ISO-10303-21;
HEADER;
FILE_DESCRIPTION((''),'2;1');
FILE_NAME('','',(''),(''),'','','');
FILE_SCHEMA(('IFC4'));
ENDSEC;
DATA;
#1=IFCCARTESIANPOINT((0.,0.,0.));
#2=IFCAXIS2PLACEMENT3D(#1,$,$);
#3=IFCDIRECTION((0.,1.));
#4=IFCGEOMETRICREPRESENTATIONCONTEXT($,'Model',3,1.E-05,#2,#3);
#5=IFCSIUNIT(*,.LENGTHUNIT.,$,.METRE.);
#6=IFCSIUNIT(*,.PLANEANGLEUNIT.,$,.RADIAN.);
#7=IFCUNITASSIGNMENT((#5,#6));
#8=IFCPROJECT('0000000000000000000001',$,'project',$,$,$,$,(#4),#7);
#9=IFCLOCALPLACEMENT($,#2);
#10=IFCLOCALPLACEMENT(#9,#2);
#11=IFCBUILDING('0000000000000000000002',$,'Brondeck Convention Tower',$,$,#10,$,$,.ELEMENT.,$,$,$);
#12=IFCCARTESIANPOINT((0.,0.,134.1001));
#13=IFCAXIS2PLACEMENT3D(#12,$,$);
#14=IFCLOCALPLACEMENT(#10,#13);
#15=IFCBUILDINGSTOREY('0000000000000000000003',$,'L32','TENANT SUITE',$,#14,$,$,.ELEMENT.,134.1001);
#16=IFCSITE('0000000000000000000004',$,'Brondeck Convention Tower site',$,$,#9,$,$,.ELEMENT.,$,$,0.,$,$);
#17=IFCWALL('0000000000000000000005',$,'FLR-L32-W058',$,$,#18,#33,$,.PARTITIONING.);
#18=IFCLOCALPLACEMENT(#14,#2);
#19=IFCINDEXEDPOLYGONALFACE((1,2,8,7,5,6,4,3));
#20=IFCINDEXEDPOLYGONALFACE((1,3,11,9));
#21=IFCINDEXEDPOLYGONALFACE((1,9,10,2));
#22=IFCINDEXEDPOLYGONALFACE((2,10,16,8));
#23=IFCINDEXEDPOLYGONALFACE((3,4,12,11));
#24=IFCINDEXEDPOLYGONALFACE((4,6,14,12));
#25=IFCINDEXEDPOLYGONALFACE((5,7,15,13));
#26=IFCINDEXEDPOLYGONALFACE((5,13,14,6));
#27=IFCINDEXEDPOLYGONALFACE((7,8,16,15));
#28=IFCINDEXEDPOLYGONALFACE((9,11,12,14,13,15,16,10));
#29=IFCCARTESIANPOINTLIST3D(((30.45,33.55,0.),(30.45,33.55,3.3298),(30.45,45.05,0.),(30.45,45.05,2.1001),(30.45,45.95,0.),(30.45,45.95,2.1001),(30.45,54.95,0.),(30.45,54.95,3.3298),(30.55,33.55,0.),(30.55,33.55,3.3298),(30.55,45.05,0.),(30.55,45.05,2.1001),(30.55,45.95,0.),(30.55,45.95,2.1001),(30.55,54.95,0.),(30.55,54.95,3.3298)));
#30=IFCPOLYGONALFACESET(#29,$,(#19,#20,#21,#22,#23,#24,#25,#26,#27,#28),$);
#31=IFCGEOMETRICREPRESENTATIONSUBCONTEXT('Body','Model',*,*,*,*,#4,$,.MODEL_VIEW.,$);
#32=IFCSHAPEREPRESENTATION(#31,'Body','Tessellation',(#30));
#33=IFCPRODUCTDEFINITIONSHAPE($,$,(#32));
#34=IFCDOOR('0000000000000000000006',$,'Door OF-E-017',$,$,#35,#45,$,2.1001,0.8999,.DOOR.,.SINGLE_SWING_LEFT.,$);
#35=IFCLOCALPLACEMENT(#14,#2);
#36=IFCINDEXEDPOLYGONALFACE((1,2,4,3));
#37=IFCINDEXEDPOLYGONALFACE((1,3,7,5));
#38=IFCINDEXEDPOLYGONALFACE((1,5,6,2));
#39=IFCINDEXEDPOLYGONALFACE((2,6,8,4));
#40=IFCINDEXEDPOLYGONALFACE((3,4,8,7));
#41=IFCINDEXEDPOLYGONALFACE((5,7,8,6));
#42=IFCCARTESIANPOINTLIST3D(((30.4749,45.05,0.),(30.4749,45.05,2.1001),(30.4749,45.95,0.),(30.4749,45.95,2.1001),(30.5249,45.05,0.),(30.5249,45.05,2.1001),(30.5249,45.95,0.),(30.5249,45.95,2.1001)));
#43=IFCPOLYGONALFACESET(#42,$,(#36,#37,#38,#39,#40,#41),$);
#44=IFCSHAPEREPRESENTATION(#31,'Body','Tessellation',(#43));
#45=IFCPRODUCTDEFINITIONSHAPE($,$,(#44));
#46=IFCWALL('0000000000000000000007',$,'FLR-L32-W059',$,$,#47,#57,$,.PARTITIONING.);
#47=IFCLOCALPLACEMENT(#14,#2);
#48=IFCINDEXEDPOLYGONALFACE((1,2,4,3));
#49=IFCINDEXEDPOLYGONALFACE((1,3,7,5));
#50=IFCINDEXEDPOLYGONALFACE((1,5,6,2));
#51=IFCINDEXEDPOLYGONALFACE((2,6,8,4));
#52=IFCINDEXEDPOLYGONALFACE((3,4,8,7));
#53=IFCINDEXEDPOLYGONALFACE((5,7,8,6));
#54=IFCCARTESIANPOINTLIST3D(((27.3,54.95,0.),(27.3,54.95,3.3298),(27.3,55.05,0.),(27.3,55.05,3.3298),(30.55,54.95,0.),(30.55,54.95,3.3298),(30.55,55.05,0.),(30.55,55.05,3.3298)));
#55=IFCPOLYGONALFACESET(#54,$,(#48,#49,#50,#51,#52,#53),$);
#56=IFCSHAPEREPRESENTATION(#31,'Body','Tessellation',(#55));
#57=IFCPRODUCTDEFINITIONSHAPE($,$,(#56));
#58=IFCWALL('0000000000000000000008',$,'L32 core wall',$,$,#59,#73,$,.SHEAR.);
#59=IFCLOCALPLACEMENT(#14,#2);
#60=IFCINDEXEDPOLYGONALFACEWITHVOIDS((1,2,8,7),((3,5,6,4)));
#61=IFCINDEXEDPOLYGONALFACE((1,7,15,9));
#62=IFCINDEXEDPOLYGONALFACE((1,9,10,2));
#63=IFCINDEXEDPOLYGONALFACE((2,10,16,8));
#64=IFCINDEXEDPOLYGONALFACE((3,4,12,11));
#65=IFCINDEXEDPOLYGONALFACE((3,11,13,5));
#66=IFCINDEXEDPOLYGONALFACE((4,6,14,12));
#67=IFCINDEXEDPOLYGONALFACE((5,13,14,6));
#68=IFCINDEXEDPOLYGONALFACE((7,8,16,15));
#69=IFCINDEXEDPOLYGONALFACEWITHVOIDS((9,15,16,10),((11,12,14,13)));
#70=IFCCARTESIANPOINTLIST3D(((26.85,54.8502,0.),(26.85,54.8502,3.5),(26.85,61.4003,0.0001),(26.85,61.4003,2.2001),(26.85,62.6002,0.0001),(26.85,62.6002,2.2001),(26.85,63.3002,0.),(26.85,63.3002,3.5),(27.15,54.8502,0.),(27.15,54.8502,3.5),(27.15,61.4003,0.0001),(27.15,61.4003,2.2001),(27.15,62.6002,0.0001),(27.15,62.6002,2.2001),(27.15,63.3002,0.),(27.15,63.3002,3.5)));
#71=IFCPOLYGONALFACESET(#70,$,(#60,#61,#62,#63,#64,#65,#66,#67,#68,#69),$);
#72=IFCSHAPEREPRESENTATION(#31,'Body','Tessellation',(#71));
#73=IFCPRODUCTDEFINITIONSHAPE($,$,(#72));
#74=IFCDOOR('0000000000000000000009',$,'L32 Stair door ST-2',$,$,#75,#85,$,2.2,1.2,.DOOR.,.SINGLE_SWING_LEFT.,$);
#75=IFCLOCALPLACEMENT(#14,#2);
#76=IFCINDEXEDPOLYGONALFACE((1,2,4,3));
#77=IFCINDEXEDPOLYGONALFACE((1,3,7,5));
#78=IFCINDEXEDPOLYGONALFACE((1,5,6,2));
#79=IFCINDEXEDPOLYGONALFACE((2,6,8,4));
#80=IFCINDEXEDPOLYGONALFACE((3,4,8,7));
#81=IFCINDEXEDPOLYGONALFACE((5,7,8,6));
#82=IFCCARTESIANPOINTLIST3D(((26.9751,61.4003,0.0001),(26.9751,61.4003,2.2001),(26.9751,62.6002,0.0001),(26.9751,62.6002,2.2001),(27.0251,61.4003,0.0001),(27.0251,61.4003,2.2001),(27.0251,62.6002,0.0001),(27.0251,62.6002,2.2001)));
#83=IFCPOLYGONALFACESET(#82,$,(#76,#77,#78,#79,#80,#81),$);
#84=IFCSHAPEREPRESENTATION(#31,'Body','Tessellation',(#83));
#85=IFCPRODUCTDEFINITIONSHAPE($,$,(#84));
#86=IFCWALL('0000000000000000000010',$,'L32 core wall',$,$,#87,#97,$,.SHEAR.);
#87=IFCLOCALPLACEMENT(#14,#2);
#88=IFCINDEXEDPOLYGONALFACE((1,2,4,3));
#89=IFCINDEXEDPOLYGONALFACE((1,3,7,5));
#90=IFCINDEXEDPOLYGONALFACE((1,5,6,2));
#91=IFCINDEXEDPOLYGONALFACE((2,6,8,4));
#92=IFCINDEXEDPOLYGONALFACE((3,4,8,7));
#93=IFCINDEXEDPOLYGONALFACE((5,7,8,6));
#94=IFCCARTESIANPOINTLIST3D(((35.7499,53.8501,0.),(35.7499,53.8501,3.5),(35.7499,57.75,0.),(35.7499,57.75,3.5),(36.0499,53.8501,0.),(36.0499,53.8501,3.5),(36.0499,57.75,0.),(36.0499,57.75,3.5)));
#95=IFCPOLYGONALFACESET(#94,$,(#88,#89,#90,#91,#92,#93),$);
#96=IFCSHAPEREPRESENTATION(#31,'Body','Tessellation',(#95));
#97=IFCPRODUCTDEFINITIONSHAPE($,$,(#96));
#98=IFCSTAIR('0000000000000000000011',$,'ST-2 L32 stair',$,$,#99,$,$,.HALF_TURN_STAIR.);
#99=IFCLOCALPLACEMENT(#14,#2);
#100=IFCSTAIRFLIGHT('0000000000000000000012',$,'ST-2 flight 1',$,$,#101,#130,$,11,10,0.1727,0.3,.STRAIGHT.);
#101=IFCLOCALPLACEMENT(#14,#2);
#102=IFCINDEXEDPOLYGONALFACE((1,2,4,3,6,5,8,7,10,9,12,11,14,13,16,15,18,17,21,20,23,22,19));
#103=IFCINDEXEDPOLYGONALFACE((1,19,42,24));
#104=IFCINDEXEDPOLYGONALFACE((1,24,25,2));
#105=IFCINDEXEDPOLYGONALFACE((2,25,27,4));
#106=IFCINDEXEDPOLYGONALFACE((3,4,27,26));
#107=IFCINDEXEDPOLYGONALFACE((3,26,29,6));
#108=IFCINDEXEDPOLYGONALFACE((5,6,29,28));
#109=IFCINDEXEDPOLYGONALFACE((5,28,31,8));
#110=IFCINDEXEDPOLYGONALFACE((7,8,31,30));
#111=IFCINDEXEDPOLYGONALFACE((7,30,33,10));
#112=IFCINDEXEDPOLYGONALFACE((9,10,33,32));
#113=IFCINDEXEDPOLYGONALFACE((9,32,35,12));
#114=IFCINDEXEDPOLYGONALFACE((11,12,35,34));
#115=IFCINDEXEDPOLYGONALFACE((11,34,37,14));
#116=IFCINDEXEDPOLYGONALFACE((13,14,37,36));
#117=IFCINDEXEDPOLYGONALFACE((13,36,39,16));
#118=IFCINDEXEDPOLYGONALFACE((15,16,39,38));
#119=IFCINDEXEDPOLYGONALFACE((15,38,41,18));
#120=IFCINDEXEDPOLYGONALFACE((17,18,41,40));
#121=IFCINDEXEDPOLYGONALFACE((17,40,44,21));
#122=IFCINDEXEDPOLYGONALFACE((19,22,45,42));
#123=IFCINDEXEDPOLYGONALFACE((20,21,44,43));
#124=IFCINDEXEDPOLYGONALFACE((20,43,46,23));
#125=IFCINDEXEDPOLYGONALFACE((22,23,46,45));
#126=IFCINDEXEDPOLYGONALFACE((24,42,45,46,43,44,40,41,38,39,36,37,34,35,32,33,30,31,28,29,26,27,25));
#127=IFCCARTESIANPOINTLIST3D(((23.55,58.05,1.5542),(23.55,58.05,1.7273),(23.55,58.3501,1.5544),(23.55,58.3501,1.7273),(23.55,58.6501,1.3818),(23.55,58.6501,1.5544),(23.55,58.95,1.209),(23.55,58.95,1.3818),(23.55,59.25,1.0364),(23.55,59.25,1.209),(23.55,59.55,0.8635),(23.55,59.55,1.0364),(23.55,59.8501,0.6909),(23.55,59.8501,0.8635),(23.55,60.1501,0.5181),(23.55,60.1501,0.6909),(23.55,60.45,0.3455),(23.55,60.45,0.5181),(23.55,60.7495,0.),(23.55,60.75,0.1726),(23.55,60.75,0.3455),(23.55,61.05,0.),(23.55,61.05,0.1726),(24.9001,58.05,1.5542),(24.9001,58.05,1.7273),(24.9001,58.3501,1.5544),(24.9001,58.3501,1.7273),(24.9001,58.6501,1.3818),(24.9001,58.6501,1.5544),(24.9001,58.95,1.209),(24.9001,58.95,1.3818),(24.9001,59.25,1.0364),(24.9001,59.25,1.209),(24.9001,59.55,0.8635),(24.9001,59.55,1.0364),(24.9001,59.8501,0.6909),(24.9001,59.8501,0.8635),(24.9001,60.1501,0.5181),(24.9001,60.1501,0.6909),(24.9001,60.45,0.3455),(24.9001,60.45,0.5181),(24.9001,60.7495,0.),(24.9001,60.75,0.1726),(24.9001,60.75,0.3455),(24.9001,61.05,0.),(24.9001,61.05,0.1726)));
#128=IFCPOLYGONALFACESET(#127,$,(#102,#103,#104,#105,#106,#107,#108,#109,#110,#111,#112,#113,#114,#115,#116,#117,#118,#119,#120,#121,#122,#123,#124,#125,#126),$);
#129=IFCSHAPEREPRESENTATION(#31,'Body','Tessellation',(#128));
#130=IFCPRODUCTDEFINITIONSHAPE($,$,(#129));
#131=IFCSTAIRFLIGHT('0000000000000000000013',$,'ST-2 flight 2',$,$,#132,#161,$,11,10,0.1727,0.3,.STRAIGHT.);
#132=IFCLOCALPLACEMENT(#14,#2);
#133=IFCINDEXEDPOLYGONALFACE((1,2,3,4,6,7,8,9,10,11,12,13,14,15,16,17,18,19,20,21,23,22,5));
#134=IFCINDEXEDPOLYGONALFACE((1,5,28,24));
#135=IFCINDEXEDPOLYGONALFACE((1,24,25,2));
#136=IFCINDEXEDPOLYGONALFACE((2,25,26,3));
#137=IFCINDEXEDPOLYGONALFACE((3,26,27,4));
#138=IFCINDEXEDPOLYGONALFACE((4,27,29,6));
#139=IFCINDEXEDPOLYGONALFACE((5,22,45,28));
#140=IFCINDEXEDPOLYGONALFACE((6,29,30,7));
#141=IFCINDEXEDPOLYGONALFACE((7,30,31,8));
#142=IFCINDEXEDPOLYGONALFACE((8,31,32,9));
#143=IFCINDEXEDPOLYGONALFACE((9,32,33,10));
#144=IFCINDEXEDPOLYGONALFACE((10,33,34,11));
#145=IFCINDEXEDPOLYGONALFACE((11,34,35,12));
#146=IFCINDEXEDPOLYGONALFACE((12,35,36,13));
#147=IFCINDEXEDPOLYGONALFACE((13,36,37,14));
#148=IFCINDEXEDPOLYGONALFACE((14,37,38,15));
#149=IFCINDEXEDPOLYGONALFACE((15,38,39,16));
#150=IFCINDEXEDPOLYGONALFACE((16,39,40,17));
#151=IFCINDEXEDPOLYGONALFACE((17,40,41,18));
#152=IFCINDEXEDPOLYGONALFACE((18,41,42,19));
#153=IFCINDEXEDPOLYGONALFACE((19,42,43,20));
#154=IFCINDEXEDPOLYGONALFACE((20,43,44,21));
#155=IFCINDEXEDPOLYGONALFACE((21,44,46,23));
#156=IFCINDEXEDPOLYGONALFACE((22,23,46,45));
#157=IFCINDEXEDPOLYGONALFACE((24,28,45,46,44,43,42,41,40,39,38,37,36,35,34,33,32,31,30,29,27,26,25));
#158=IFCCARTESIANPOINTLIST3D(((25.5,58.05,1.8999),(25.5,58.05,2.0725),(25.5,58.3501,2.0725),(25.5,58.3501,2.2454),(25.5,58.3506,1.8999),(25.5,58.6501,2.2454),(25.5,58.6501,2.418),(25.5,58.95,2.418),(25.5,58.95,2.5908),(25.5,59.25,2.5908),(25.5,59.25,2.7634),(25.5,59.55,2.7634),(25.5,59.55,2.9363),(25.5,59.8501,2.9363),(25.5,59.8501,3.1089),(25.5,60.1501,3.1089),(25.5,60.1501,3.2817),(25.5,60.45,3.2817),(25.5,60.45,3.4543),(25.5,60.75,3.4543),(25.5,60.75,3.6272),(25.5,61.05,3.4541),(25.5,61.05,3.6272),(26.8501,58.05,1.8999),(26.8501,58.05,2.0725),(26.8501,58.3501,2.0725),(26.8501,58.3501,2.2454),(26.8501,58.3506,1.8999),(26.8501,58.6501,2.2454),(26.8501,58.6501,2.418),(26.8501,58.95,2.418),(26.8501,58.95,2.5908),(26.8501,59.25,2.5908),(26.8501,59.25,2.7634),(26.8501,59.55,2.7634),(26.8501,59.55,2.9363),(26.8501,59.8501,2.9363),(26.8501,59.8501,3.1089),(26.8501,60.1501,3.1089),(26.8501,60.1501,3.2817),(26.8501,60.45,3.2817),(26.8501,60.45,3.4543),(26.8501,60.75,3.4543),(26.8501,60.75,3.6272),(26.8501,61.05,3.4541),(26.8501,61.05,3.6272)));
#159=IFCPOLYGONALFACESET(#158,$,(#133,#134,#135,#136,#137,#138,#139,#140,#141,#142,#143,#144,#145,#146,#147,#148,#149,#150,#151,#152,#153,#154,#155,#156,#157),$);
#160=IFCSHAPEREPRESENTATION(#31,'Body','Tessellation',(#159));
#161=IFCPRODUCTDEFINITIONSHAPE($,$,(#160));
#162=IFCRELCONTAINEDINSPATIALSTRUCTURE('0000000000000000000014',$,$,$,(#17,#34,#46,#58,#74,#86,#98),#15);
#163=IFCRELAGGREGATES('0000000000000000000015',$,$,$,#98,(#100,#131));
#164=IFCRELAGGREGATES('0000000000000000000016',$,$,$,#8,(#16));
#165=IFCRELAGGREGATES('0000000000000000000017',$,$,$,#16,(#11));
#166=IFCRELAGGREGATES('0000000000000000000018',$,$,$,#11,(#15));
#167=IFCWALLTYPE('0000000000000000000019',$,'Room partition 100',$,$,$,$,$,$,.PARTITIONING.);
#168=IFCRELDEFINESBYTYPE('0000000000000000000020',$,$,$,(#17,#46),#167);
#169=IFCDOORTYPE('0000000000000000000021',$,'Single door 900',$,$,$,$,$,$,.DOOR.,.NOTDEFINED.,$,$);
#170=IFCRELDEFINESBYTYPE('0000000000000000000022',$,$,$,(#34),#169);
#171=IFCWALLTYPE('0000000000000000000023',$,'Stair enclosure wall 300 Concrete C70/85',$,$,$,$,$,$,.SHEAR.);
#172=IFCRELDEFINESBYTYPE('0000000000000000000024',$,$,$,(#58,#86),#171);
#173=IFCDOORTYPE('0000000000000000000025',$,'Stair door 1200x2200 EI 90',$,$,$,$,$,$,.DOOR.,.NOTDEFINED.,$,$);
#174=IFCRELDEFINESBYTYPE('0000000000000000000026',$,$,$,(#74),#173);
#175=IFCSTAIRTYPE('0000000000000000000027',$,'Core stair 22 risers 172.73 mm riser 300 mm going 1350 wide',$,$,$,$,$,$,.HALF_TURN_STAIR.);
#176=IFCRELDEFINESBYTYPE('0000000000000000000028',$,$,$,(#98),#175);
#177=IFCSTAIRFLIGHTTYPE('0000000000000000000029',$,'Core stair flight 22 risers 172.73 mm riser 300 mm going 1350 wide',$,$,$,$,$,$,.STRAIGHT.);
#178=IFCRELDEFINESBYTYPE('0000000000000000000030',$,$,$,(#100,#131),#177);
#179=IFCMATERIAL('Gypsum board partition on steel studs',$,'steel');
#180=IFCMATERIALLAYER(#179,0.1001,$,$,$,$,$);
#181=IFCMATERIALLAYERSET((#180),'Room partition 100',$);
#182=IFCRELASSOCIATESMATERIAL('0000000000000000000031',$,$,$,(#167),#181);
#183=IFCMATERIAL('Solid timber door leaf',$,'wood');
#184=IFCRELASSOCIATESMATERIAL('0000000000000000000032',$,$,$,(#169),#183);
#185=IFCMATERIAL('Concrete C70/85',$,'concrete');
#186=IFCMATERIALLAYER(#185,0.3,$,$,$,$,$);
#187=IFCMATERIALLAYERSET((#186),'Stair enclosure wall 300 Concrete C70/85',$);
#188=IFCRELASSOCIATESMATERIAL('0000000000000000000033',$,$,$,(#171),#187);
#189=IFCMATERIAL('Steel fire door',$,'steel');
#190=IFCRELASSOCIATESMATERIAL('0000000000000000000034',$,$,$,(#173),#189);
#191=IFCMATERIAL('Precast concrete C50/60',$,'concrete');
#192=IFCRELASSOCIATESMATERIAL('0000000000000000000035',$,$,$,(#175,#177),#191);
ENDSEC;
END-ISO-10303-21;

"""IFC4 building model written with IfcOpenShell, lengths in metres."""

from ifc_helpers import new_model, si_unit, direction, frame, frame_2d, origin, place, context, subcontext, project, spatial, polyline, rectangle, outline, extrude, material, layer, layer_set, type_object, element, fill, aggregate, save


model = new_model("IFC4")

# Units and contexts
model_context = context("Model", 3, precision=1e-05, world=origin(), true_north=direction((0.0, 1.0)))
body_context = subcontext(model_context, "Body", "Model", "MODEL_VIEW")
ifc_project = project(units=[si_unit("LENGTHUNIT", "METRE"), si_unit("PLANEANGLEUNIT", "RADIAN")], contexts=[model_context])

# Site, building, storey
site_placement = place(None, origin())
site = spatial("IfcSite", under=ifc_project, at=site_placement, Name="Brondeck Convention Tower site", CompositionType="ELEMENT", RefElevation=0.0)
building_placement = place(site_placement, origin())
building = spatial("IfcBuilding", under=site, at=building_placement, Name="Brondeck Convention Tower", CompositionType="ELEMENT")
storey_placement = place(building_placement, frame((0.0, 0.0, 134.1001)))
storey = spatial("IfcBuildingStorey", under=building, at=storey_placement, Name="L32", Description="TENANT SUITE", CompositionType="ELEMENT", Elevation=134.1001)

# Shared definitions
ifc_material_1 = material(Name="Concrete C70/85", Category="concrete")

# Wall, opening, door
ifc_material_2 = material(Name="Gypsum board partition on steel studs", Category="steel")
ifc_layer_1 = layer(ifc_material_2, 0.1001)
ifc_layer_set_1 = layer_set([ifc_layer_1], Name="Room partition 100")
wall_type_1 = type_object("IfcWallType", Name="Room partition 100", PredefinedType="PARTITIONING", material=ifc_layer_set_1)
wall_1_placement = place(storey_placement, frame((30.5, 54.95, 0.0), z_axis=(0.0, 0.0, 1.0), x_axis=(0.0, -1.0, 0.0)))
wall_1 = element("IfcWall", 1, at=wall_1_placement, inside=storey, type_object=wall_type_1, Name="FLR-L32-W058", PredefinedType="PARTITIONING", context=body_context, shape_type="SweptSolid", body=[
    extrude(rectangle(XDim=21.3999, YDim=0.1001, at=frame_2d((10.7, 0.0))), origin(), (0.0, 0.0, 1.0), 3.3298),
])
opening_1_placement = place(wall_1_placement, frame((9.0, 0.0, 0.0)))
opening_1 = element("IfcOpeningElement", 2, at=opening_1_placement, cuts=wall_1, PredefinedType="OPENING", context=body_context, shape_type="SweptSolid", body=[
    extrude(rectangle(XDim=0.8999, YDim=2.1001, at=frame_2d((0.45, 1.05))), frame((0.0, 0.0601, 0.0), z_axis=(0.0, -1.0, 0.0), x_axis=(1.0, 0.0, 0.0)), (0.0, 0.0, 1.0), 0.1201),
])
ifc_material_3 = material(Name="Solid timber door leaf", Category="wood")
door_type_1 = type_object("IfcDoorType", Name="Single door 900", OperationType="NOTDEFINED", PredefinedType="DOOR", material=ifc_material_3)
door_1_placement = place(opening_1_placement, origin())
door_1 = element("IfcDoor", 3, at=door_1_placement, inside=storey, type_object=door_type_1, Name="Door OF-E-017", OperationType="SINGLE_SWING_LEFT", OverallHeight=2.1001, OverallWidth=0.8999, PredefinedType="DOOR", context=body_context, shape_type="SweptSolid", body=[
    extrude(rectangle(XDim=0.8999, YDim=2.1001, at=frame_2d((0.45, 1.05))), frame((0.0, 0.0249, 0.0), z_axis=(0.0, -1.0, 0.0), x_axis=(1.0, 0.0, 0.0)), (0.0, 0.0, 1.0), 0.05),
])
fill(opening_1, door_1)

# Wall
wall_2_placement = place(storey_placement, frame((27.3, 55.0, 0.0), z_axis=(0.0, 0.0, 1.0), x_axis=(1.0, 0.0, 0.0)))
element("IfcWall", 4, at=wall_2_placement, inside=storey, type_object=wall_type_1, Name="FLR-L32-W059", PredefinedType="PARTITIONING", context=body_context, shape_type="SweptSolid", body=[
    extrude(rectangle(XDim=3.25, YDim=0.1001, at=frame_2d((1.625, 0.0))), origin(), (0.0, 0.0, 1.0), 3.3298),
])

# Wall, opening, door
ifc_layer_2 = layer(ifc_material_1, 0.3)
ifc_layer_set_2 = layer_set([ifc_layer_2], Name="Stair enclosure wall 300 Concrete C70/85")
wall_type_2 = type_object("IfcWallType", Name="Stair enclosure wall 300 Concrete C70/85", PredefinedType="SHEAR", material=ifc_layer_set_2)
wall_3_placement = place(storey_placement, frame((27.0, 54.8501, 0.0), z_axis=(0.0, 0.0, 1.0), x_axis=(0.0, 1.0, 0.0)))
wall_3 = element("IfcWall", 5, at=wall_3_placement, inside=storey, type_object=wall_type_2, Name="L32 core wall", PredefinedType="SHEAR", context=body_context, shape_type="SweptSolid", body=[
    extrude(rectangle(XDim=8.45, YDim=0.3, at=frame_2d((4.2251, 0.0))), origin(), (0.0, 0.0, 1.0), 3.5),
])
opening_2_placement = place(wall_3_placement, frame((6.55, 0.0, 0.0)))
opening_2 = element("IfcOpeningElement", 6, at=opening_2_placement, cuts=wall_3, PredefinedType="OPENING", context=body_context, shape_type="SweptSolid", body=[
    extrude(rectangle(XDim=1.2, YDim=2.2, at=frame_2d((0.6001, 1.1001))), frame((0.0, 0.1599, 0.0), z_axis=(0.0, -1.0, 0.0), x_axis=(1.0, 0.0, 0.0)), (0.0, 0.0, 1.0), 0.3201),
])
ifc_material_4 = material(Name="Steel fire door", Category="steel")
door_type_2 = type_object("IfcDoorType", Name="Stair door 1200x2200 EI 90", OperationType="NOTDEFINED", PredefinedType="DOOR", material=ifc_material_4)
door_2_placement = place(opening_2_placement, origin())
door_2 = element("IfcDoor", 7, at=door_2_placement, inside=storey, type_object=door_type_2, Name="L32 Stair door ST-2", OperationType="SINGLE_SWING_LEFT", OverallHeight=2.2, OverallWidth=1.2, PredefinedType="DOOR", context=body_context, shape_type="SweptSolid", body=[
    extrude(rectangle(XDim=1.2, YDim=2.2, at=frame_2d((0.6001, 1.1001))), frame((0.0, 0.0249, 0.0), z_axis=(0.0, -1.0, 0.0), x_axis=(1.0, 0.0, 0.0)), (0.0, 0.0, 1.0), 0.05),
])
fill(opening_2, door_2)

# Wall
wall_4_placement = place(storey_placement, frame((35.8999, 53.8501, 0.0), z_axis=(0.0, 0.0, 1.0), x_axis=(0.0, 1.0, 0.0)))
element("IfcWall", 8, at=wall_4_placement, inside=storey, type_object=wall_type_2, Name="L32 core wall", PredefinedType="SHEAR", context=body_context, shape_type="SweptSolid", body=[
    extrude(rectangle(XDim=3.8999, YDim=0.3, at=frame_2d((1.95, 0.0))), origin(), (0.0, 0.0, 1.0), 3.5),
])

# Stair, stair flights
ifc_material_5 = material(Name="Precast concrete C50/60", Category="concrete")
stair_type = type_object("IfcStairType", Name="Core stair 22 risers 172.73 mm riser 300 mm going 1350 wide", PredefinedType="HALF_TURN_STAIR", material=ifc_material_5)
stair_placement = place(storey_placement, origin())
stair = element("IfcStair", 9, at=stair_placement, inside=storey, type_object=stair_type, Name="ST-2 L32 stair", PredefinedType="HALF_TURN_STAIR")
stair_flight_type = type_object("IfcStairFlightType", Name="Core stair flight 22 risers 172.73 mm riser 300 mm going 1350 wide", PredefinedType="STRAIGHT", material=ifc_material_5)
stair_flight_1_placement = place(storey_placement, frame((24.2251, 61.05, 0.0), z_axis=(0.0, 0.0, 1.0), x_axis=(0.0, -1.0, 0.0)))
stair_flight_1 = element("IfcStairFlight", 10, at=stair_flight_1_placement, type_object=stair_flight_type, Name="ST-2 flight 1", NumberOfRisers=11, NumberOfTreads=10, PredefinedType="STRAIGHT", RiserHeight=0.1727, TreadLength=0.3, context=body_context, shape_type="SweptSolid", body=[
    extrude(outline(polyline([(0.0, 0.0), (0.0, 0.1726), (0.3, 0.1726), (0.3, 0.3455), (0.6001, 0.3455), (0.6001, 0.5181), (0.8999, 0.5181), (0.8999, 0.6909), (1.2, 0.6909), (1.2, 0.8635), (1.5, 0.8635), (1.5, 1.0364), (1.8, 1.0364), (1.8, 1.209), (2.1001, 1.209), (2.1001, 1.3818), (2.3999, 1.3818), (2.3999, 1.5544), (2.7, 1.5544), (2.7, 1.7273), (3.0, 1.7273), (3.0, 1.8999), (3.0, 1.5542), (0.3005, 0.0), (0.0, 0.0)])), frame((0.0, 0.675, 0.0), z_axis=(0.0, -1.0, 0.0), x_axis=(1.0, 0.0, 0.0)), (0.0, 0.0, 1.0), 1.3501),
])
stair_flight_2_placement = place(storey_placement, frame((26.175, 58.05, 1.8999), z_axis=(0.0, 0.0, 1.0), x_axis=(0.0, 1.0, 0.0)))
stair_flight_2 = element("IfcStairFlight", 11, at=stair_flight_2_placement, type_object=stair_flight_type, Name="ST-2 flight 2", NumberOfRisers=11, NumberOfTreads=10, PredefinedType="STRAIGHT", RiserHeight=0.1727, TreadLength=0.3, context=body_context, shape_type="SweptSolid", body=[
    extrude(outline(polyline([(0.0, 0.0), (0.0, 0.1726), (0.3, 0.1726), (0.3, 0.3455), (0.6001, 0.3455), (0.6001, 0.5181), (0.8999, 0.5181), (0.8999, 0.6909), (1.2, 0.6909), (1.2, 0.8635), (1.5, 0.8635), (1.5, 1.0364), (1.8, 1.0364), (1.8, 1.209), (2.1001, 1.209), (2.1001, 1.3818), (2.3999, 1.3818), (2.3999, 1.5544), (2.7, 1.5544), (2.7, 1.7273), (3.0, 1.7273), (3.0, 1.8999), (3.0, 1.5542), (0.3005, 0.0), (0.0, 0.0)])), frame((0.0, 0.675, 0.0), z_axis=(0.0, -1.0, 0.0), x_axis=(1.0, 0.0, 0.0)), (0.0, 0.0, 1.0), 1.3501),
])
aggregate(stair, [stair_flight_1, stair_flight_2])

save(model, "model.ifc")
